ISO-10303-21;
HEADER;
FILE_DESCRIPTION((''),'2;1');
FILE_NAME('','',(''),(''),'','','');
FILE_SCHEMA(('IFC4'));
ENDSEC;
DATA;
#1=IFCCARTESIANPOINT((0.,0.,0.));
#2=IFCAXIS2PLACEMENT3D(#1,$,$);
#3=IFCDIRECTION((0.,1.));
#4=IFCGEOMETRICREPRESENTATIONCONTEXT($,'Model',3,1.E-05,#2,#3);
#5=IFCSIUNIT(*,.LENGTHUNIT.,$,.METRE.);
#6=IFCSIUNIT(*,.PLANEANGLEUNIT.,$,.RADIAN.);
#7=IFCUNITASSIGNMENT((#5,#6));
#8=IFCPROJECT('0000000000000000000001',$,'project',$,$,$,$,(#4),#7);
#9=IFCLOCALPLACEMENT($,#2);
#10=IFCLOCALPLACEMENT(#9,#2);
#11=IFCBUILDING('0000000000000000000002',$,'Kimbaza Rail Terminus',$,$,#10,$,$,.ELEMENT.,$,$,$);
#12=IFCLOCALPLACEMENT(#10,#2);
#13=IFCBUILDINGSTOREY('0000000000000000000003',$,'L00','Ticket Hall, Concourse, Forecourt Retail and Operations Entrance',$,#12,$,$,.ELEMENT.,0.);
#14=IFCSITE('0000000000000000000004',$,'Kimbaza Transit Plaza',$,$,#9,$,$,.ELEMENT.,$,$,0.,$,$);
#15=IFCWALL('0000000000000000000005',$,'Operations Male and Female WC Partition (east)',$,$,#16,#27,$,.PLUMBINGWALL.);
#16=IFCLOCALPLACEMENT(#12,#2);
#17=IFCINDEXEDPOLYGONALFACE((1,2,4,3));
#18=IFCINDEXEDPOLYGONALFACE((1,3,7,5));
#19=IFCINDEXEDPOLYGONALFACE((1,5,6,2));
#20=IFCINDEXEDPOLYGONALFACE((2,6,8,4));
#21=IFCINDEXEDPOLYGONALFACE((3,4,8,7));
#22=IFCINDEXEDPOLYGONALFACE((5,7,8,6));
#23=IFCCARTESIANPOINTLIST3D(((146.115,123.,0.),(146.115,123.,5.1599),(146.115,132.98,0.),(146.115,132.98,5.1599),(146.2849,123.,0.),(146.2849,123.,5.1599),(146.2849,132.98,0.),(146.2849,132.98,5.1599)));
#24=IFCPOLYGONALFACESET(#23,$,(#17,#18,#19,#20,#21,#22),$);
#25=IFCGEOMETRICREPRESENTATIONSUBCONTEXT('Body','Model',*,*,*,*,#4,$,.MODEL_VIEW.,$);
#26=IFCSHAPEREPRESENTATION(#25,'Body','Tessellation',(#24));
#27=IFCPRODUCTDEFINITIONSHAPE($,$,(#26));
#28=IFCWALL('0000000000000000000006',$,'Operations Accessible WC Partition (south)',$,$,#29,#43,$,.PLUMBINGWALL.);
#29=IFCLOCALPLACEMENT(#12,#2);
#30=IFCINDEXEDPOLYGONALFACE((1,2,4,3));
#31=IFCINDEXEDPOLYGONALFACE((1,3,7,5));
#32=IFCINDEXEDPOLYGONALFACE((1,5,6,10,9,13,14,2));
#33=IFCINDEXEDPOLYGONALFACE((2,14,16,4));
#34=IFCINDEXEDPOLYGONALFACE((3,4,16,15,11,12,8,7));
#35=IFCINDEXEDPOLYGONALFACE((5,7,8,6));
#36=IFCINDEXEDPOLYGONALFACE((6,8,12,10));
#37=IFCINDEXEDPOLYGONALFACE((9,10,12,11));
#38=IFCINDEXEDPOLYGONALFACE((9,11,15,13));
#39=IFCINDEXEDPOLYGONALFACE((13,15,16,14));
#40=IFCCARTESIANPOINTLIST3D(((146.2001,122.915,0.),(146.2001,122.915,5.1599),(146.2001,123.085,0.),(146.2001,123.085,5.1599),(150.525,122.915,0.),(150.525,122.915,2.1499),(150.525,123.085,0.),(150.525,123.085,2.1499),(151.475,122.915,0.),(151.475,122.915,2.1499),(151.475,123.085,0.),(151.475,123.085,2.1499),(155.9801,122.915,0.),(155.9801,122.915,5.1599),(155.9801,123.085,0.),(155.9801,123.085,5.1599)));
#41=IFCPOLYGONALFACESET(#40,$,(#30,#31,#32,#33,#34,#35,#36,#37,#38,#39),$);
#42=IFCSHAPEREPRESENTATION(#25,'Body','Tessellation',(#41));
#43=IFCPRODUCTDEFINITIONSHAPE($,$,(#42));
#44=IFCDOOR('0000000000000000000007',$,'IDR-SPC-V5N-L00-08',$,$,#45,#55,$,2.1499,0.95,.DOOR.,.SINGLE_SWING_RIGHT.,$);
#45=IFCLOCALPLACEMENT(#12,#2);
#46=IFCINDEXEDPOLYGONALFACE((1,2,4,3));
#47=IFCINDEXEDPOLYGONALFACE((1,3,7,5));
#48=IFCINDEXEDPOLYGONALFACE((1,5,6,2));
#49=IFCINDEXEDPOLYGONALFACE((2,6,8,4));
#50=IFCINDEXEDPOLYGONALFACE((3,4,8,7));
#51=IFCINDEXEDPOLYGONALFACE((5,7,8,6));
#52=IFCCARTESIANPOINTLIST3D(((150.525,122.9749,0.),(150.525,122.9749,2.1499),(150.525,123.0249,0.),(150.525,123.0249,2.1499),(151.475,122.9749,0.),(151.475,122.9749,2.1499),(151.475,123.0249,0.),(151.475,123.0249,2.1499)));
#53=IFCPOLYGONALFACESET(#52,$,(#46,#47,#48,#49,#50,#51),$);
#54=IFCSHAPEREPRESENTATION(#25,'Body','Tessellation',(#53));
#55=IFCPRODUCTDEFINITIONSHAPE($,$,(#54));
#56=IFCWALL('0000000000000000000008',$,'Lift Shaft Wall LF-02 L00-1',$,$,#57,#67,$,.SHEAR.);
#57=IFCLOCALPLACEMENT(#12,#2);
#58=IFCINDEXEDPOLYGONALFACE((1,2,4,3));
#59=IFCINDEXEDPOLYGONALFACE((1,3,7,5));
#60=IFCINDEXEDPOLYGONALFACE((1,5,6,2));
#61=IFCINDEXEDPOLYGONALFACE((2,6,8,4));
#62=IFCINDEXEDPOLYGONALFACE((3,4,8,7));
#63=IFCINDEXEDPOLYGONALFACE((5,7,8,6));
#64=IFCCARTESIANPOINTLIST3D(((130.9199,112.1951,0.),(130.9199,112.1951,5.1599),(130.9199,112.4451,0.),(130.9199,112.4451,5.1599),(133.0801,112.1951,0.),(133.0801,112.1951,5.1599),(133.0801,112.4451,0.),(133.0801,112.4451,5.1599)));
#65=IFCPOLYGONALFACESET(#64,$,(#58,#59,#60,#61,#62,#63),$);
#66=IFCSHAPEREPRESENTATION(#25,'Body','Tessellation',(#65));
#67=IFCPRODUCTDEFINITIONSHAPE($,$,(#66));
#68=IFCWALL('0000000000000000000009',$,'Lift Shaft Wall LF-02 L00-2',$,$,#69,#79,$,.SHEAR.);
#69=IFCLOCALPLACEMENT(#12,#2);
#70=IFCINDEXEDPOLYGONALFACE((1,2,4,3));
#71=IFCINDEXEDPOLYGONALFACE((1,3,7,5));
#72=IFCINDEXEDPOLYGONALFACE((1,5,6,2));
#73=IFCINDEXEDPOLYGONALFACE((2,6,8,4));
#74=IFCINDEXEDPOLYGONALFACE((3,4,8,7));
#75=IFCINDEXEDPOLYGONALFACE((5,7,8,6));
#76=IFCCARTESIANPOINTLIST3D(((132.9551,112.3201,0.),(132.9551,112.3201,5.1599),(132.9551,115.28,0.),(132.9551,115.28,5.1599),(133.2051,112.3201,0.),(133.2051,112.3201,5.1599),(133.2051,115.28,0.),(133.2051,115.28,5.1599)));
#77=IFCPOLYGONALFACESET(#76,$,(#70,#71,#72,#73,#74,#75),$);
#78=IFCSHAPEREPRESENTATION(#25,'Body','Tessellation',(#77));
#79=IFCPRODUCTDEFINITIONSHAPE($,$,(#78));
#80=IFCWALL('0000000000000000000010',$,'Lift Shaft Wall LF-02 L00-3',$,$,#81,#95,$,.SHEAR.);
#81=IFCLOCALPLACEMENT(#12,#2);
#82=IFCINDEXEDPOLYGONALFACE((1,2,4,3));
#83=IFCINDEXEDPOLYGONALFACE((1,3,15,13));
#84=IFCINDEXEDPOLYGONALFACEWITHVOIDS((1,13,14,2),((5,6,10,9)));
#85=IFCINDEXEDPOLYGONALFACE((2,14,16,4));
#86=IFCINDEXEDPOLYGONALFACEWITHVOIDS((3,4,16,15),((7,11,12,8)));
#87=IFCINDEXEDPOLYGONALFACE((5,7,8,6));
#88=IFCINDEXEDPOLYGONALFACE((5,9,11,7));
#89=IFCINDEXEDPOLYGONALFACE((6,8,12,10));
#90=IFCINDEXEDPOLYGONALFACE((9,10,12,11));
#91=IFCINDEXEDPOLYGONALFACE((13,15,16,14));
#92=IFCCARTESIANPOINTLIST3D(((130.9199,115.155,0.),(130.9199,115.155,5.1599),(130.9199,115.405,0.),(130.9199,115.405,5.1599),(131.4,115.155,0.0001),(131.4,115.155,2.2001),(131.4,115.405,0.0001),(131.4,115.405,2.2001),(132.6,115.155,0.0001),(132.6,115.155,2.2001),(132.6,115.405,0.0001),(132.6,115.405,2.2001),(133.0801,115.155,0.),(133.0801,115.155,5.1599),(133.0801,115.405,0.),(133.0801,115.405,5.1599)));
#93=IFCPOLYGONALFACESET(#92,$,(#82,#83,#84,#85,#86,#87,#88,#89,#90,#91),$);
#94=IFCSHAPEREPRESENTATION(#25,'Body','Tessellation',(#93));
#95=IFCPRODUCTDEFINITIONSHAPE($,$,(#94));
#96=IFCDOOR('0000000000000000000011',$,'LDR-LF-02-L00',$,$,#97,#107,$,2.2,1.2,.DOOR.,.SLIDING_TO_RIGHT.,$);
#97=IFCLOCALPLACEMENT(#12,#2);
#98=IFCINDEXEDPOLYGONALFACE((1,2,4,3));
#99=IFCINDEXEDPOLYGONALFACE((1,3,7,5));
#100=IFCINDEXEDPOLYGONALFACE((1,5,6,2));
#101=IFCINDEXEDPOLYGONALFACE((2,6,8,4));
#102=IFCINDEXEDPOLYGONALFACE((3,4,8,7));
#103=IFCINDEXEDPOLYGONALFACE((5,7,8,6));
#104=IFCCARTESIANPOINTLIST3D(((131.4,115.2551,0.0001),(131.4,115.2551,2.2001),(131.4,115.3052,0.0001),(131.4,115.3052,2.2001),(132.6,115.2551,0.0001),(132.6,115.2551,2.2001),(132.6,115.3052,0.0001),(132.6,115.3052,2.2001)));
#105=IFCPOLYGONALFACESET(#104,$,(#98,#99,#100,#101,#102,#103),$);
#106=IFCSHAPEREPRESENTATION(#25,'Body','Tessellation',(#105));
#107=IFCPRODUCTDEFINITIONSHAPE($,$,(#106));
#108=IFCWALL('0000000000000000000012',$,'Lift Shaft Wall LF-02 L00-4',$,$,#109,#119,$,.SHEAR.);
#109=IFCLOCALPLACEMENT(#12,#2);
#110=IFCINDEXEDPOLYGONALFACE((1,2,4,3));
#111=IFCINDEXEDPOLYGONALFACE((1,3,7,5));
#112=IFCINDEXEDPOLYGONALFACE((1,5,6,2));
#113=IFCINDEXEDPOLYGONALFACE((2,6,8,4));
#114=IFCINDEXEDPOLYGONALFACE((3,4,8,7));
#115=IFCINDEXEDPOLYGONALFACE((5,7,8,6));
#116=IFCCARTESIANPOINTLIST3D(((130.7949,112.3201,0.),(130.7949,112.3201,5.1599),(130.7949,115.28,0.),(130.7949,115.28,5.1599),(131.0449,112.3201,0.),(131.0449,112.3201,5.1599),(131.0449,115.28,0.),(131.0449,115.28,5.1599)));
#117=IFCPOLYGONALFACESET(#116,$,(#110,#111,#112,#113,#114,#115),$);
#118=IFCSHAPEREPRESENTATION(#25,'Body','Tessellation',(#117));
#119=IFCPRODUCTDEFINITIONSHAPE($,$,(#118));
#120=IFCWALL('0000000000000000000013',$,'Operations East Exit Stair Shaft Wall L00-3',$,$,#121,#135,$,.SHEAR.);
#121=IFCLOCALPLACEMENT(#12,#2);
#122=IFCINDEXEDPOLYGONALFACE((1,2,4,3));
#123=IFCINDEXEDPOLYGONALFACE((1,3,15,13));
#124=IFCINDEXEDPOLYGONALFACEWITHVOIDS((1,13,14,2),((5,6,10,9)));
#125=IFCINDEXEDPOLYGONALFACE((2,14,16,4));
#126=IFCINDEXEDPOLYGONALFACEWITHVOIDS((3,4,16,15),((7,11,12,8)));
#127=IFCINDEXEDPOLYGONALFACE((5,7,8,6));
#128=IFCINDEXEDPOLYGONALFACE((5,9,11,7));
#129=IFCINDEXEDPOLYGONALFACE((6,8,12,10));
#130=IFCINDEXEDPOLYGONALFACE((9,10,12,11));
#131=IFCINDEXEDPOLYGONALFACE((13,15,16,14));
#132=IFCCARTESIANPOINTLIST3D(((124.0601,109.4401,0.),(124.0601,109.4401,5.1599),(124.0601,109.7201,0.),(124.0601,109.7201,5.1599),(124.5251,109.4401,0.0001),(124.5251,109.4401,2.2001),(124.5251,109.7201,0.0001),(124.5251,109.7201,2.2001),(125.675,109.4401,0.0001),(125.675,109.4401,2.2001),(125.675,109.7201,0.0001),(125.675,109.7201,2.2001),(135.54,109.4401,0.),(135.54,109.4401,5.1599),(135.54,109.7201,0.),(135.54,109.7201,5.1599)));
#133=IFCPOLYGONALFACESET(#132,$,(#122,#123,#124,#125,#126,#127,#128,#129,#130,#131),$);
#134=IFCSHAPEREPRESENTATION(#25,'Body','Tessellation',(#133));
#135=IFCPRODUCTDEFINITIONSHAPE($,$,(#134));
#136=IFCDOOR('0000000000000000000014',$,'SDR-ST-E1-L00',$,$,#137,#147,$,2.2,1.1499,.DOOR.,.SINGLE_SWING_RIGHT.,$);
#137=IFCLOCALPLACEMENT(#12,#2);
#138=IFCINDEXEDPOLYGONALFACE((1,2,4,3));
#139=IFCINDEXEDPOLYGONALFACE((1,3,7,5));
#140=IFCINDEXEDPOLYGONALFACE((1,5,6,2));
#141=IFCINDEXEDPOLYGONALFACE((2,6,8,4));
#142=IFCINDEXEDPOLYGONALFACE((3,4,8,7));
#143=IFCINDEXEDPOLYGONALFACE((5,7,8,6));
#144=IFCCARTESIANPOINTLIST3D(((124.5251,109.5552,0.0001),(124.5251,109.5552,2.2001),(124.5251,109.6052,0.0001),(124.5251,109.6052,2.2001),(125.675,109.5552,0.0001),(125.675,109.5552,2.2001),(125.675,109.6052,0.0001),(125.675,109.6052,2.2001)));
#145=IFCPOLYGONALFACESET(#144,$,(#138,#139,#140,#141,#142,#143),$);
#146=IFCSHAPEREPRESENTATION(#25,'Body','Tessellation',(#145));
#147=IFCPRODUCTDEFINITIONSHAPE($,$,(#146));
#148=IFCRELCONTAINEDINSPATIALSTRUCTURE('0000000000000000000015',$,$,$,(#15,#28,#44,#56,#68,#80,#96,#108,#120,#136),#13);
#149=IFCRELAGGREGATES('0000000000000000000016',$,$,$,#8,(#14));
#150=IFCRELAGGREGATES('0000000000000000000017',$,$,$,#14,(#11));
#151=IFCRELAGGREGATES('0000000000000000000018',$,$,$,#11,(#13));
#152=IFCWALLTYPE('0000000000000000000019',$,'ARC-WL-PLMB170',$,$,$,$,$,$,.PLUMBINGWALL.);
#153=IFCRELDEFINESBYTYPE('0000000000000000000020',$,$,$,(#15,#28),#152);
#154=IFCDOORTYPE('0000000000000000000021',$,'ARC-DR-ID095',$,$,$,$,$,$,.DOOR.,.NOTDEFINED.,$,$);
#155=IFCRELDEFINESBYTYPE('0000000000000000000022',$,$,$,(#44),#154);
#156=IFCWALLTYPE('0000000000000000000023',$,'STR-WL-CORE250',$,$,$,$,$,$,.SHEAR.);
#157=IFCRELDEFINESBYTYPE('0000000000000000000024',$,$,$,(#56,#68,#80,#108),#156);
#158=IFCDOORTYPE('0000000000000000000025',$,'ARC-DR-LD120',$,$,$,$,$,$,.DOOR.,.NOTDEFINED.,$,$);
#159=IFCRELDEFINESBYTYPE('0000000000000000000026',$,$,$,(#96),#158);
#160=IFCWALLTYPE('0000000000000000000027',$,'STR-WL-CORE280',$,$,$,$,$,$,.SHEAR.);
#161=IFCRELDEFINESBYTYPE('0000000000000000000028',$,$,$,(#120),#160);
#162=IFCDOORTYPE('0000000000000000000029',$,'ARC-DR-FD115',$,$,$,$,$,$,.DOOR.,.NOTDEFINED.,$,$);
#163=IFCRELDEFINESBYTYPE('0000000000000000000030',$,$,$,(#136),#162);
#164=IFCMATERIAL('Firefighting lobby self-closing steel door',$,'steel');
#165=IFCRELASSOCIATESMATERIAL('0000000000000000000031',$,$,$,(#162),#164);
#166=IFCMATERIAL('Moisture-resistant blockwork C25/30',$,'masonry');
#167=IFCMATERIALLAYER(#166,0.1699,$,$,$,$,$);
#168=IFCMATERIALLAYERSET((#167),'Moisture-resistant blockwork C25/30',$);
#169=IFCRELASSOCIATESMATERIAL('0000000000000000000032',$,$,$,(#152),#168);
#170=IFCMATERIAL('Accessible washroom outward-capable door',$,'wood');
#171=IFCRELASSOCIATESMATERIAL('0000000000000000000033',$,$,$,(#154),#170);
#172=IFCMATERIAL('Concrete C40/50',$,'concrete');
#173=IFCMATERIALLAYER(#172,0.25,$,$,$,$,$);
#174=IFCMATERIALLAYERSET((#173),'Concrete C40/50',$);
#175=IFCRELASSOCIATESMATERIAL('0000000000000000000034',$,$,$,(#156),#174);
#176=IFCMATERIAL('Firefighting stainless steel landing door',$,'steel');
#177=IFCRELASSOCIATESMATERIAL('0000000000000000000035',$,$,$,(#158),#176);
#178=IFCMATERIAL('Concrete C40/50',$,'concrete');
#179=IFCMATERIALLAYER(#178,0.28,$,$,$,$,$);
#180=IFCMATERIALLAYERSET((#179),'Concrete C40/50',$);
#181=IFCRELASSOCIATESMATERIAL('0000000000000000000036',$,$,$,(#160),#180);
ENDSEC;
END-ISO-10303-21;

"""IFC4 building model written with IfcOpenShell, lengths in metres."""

from ifc_helpers import new_model, si_unit, direction, frame, frame_2d, origin, place, context, subcontext, project, spatial, rectangle, extrude, material, layer, layer_set, type_object, element, fill, save


model = new_model("IFC4")

# Units and contexts
model_context = context("Model", 3, precision=1e-05, world=origin(), true_north=direction((0.0, 1.0)))
body_context = subcontext(model_context, "Body", "Model", "MODEL_VIEW")
ifc_project = project(units=[si_unit("LENGTHUNIT", "METRE"), si_unit("PLANEANGLEUNIT", "RADIAN")], contexts=[model_context])

# Site, building, storey
site_placement = place(None, origin())
site = spatial("IfcSite", under=ifc_project, at=site_placement, Name="Kimbaza Transit Plaza", CompositionType="ELEMENT", RefElevation=0.0)
building_placement = place(site_placement, origin())
building = spatial("IfcBuilding", under=site, at=building_placement, Name="Kimbaza Rail Terminus", CompositionType="ELEMENT")
storey_placement = place(building_placement, origin())
storey = spatial("IfcBuildingStorey", under=building, at=storey_placement, Name="L00", Description="Ticket Hall, Concourse, Forecourt Retail and Operations Entrance", CompositionType="ELEMENT", Elevation=0.0)

# Shared definitions
ifc_material_1 = material(Name="Firefighting lobby self-closing steel door", Category="steel")
door_type_1 = type_object("IfcDoorType", Name="ARC-DR-FD115", OperationType="NOTDEFINED", PredefinedType="DOOR", material=ifc_material_1)

# Shared definitions
ifc_material_2 = material(Name="Moisture-resistant blockwork C25/30", Category="masonry")
ifc_layer_1 = layer(ifc_material_2, 0.1699)
ifc_layer_set_1 = layer_set([ifc_layer_1], Name="Moisture-resistant blockwork C25/30")
wall_type_1 = type_object("IfcWallType", Name="ARC-WL-PLMB170", PredefinedType="PLUMBINGWALL", material=ifc_layer_set_1)
ifc_material_3 = material(Name="Accessible washroom outward-capable door", Category="wood")
door_type_2 = type_object("IfcDoorType", Name="ARC-DR-ID095", OperationType="NOTDEFINED", PredefinedType="DOOR", material=ifc_material_3)

# Wall
wall_1_placement = place(storey_placement, frame((146.2, 123.0, 0.0), z_axis=(0.0, 0.0, 1.0), x_axis=(0.0, 1.0, 0.0)))
element("IfcWall", 1, at=wall_1_placement, inside=storey, type_object=wall_type_1, Name="Operations Male and Female WC Partition (east)", PredefinedType="PLUMBINGWALL", context=body_context, shape_type="SweptSolid", body=[
    extrude(rectangle(XDim=9.98, YDim=0.1699, at=frame_2d((4.99, 0.0))), origin(), (0.0, 0.0, 1.0), 5.1599),
])

# Wall, opening, door
wall_2_placement = place(storey_placement, frame((146.2, 123.0, 0.0), z_axis=(0.0, 0.0, 1.0), x_axis=(1.0, 0.0, 0.0)))
wall_2 = element("IfcWall", 2, at=wall_2_placement, inside=storey, type_object=wall_type_1, Name="Operations Accessible WC Partition (south)", PredefinedType="PLUMBINGWALL", context=body_context, shape_type="SweptSolid", body=[
    extrude(rectangle(XDim=9.78, YDim=0.1699, at=frame_2d((4.8901, 0.0))), origin(), (0.0, 0.0, 1.0), 5.1599),
])
opening_1_placement = place(wall_2_placement, frame((4.325, 0.0, 0.0)))
opening_1 = element("IfcOpeningElement", 3, at=opening_1_placement, cuts=wall_2, PredefinedType="OPENING", context=body_context, shape_type="SweptSolid", body=[
    extrude(rectangle(XDim=0.95, YDim=2.1499, at=frame_2d((0.4751, 1.075))), frame((0.0, 0.095, 0.0), z_axis=(0.0, -1.0, 0.0), x_axis=(1.0, 0.0, 0.0)), (0.0, 0.0, 1.0), 0.1899),
])
door_1_placement = place(opening_1_placement, origin())
door_1 = element("IfcDoor", 4, at=door_1_placement, inside=storey, type_object=door_type_2, Name="IDR-SPC-V5N-L00-08", OperationType="SINGLE_SWING_RIGHT", OverallHeight=2.1499, OverallWidth=0.95, PredefinedType="DOOR", context=body_context, shape_type="SweptSolid", body=[
    extrude(rectangle(XDim=0.95, YDim=2.1499, at=frame_2d((0.4751, 1.075))), frame((0.0, 0.0249, 0.0), z_axis=(0.0, -1.0, 0.0), x_axis=(1.0, 0.0, 0.0)), (0.0, 0.0, 1.0), 0.05),
])
fill(opening_1, door_1)

# Walls
ifc_material_4 = material(Name="Concrete C40/50", Category="concrete")
ifc_layer_2 = layer(ifc_material_4, 0.25)
ifc_layer_set_2 = layer_set([ifc_layer_2], Name="Concrete C40/50")
wall_type_2 = type_object("IfcWallType", Name="STR-WL-CORE250", PredefinedType="SHEAR", material=ifc_layer_set_2)
wall_3_placement = place(storey_placement, frame((130.9199, 112.3201, 0.0), z_axis=(0.0, 0.0, 1.0), x_axis=(1.0, 0.0, 0.0)))
element("IfcWall", 5, at=wall_3_placement, inside=storey, type_object=wall_type_2, Name="Lift Shaft Wall LF-02 L00-1", PredefinedType="SHEAR", context=body_context, shape_type="SweptSolid", body=[
    extrude(rectangle(XDim=2.1602, YDim=0.25, at=frame_2d((1.0801, 0.0))), origin(), (0.0, 0.0, 1.0), 5.1599),
])
wall_4_placement = place(storey_placement, frame((133.0801, 112.3201, 0.0), z_axis=(0.0, 0.0, 1.0), x_axis=(0.0, 1.0, 0.0)))
element("IfcWall", 6, at=wall_4_placement, inside=storey, type_object=wall_type_2, Name="Lift Shaft Wall LF-02 L00-2", PredefinedType="SHEAR", context=body_context, shape_type="SweptSolid", body=[
    extrude(rectangle(XDim=2.96, YDim=0.25, at=frame_2d((1.48, 0.0))), origin(), (0.0, 0.0, 1.0), 5.1599),
])

# Wall, opening, door
wall_5_placement = place(storey_placement, frame((133.0801, 115.28, 0.0), z_axis=(0.0, 0.0, 1.0), x_axis=(-1.0, 0.0, 0.0)))
wall_5 = element("IfcWall", 7, at=wall_5_placement, inside=storey, type_object=wall_type_2, Name="Lift Shaft Wall LF-02 L00-3", PredefinedType="SHEAR", context=body_context, shape_type="SweptSolid", body=[
    extrude(rectangle(XDim=2.1602, YDim=0.25, at=frame_2d((1.0801, 0.0))), origin(), (0.0, 0.0, 1.0), 5.1599),
])
opening_2_placement = place(wall_5_placement, frame((0.48, 0.0, 0.0)))
opening_2 = element("IfcOpeningElement", 8, at=opening_2_placement, cuts=wall_5, PredefinedType="OPENING", context=body_context, shape_type="SweptSolid", body=[
    extrude(rectangle(XDim=1.2, YDim=2.2, at=frame_2d((0.6001, 1.1001))), frame((0.0, 0.135, 0.0), z_axis=(0.0, -1.0, 0.0), x_axis=(1.0, 0.0, 0.0)), (0.0, 0.0, 1.0), 0.27),
])
ifc_material_5 = material(Name="Firefighting stainless steel landing door", Category="steel")
door_type_3 = type_object("IfcDoorType", Name="ARC-DR-LD120", OperationType="NOTDEFINED", PredefinedType="DOOR", material=ifc_material_5)
door_2_placement = place(opening_2_placement, origin())
door_2 = element("IfcDoor", 9, at=door_2_placement, inside=storey, type_object=door_type_3, Name="LDR-LF-02-L00", OperationType="SLIDING_TO_RIGHT", OverallHeight=2.2, OverallWidth=1.2, PredefinedType="DOOR", context=body_context, shape_type="SweptSolid", body=[
    extrude(rectangle(XDim=1.2, YDim=2.2, at=frame_2d((0.6001, 1.1001))), frame((0.0, 0.0249, 0.0), z_axis=(0.0, -1.0, 0.0), x_axis=(1.0, 0.0, 0.0)), (0.0, 0.0, 1.0), 0.05),
])
fill(opening_2, door_2)

# Wall
wall_6_placement = place(storey_placement, frame((130.9199, 115.28, 0.0), z_axis=(0.0, 0.0, 1.0), x_axis=(0.0, -1.0, 0.0)))
element("IfcWall", 10, at=wall_6_placement, inside=storey, type_object=wall_type_2, Name="Lift Shaft Wall LF-02 L00-4", PredefinedType="SHEAR", context=body_context, shape_type="SweptSolid", body=[
    extrude(rectangle(XDim=2.96, YDim=0.25, at=frame_2d((1.48, 0.0))), origin(), (0.0, 0.0, 1.0), 5.1599),
])

# Wall, opening, door
ifc_material_6 = material(Name="Concrete C40/50", Category="concrete")
ifc_layer_3 = layer(ifc_material_6, 0.28)
ifc_layer_set_3 = layer_set([ifc_layer_3], Name="Concrete C40/50")
wall_type_3 = type_object("IfcWallType", Name="STR-WL-CORE280", PredefinedType="SHEAR", material=ifc_layer_set_3)
wall_7_placement = place(storey_placement, frame((135.54, 109.5801, 0.0), z_axis=(0.0, 0.0, 1.0), x_axis=(-1.0, 0.0, 0.0)))
wall_7 = element("IfcWall", 11, at=wall_7_placement, inside=storey, type_object=wall_type_3, Name="Operations East Exit Stair Shaft Wall L00-3", PredefinedType="SHEAR", context=body_context, shape_type="SweptSolid", body=[
    extrude(rectangle(XDim=11.48, YDim=0.28, at=frame_2d((5.74, 0.0))), origin(), (0.0, 0.0, 1.0), 5.1599),
])
opening_3_placement = place(wall_7_placement, frame((9.865, 0.0, 0.0)))
opening_3 = element("IfcOpeningElement", 12, at=opening_3_placement, cuts=wall_7, PredefinedType="OPENING", context=body_context, shape_type="SweptSolid", body=[
    extrude(rectangle(XDim=1.1499, YDim=2.2, at=frame_2d((0.575, 1.1001))), frame((0.0, 0.1499, 0.0), z_axis=(0.0, -1.0, 0.0), x_axis=(1.0, 0.0, 0.0)), (0.0, 0.0, 1.0), 0.3),
])
door_3_placement = place(opening_3_placement, origin())
door_3 = element("IfcDoor", 13, at=door_3_placement, inside=storey, type_object=door_type_1, Name="SDR-ST-E1-L00", OperationType="SINGLE_SWING_RIGHT", OverallHeight=2.2, OverallWidth=1.1499, PredefinedType="DOOR", context=body_context, shape_type="SweptSolid", body=[
    extrude(rectangle(XDim=1.1499, YDim=2.2, at=frame_2d((0.575, 1.1001))), frame((0.0, 0.0249, 0.0), z_axis=(0.0, -1.0, 0.0), x_axis=(1.0, 0.0, 0.0)), (0.0, 0.0, 1.0), 0.05),
])
fill(opening_3, door_3)

save(model, "model.ifc")
